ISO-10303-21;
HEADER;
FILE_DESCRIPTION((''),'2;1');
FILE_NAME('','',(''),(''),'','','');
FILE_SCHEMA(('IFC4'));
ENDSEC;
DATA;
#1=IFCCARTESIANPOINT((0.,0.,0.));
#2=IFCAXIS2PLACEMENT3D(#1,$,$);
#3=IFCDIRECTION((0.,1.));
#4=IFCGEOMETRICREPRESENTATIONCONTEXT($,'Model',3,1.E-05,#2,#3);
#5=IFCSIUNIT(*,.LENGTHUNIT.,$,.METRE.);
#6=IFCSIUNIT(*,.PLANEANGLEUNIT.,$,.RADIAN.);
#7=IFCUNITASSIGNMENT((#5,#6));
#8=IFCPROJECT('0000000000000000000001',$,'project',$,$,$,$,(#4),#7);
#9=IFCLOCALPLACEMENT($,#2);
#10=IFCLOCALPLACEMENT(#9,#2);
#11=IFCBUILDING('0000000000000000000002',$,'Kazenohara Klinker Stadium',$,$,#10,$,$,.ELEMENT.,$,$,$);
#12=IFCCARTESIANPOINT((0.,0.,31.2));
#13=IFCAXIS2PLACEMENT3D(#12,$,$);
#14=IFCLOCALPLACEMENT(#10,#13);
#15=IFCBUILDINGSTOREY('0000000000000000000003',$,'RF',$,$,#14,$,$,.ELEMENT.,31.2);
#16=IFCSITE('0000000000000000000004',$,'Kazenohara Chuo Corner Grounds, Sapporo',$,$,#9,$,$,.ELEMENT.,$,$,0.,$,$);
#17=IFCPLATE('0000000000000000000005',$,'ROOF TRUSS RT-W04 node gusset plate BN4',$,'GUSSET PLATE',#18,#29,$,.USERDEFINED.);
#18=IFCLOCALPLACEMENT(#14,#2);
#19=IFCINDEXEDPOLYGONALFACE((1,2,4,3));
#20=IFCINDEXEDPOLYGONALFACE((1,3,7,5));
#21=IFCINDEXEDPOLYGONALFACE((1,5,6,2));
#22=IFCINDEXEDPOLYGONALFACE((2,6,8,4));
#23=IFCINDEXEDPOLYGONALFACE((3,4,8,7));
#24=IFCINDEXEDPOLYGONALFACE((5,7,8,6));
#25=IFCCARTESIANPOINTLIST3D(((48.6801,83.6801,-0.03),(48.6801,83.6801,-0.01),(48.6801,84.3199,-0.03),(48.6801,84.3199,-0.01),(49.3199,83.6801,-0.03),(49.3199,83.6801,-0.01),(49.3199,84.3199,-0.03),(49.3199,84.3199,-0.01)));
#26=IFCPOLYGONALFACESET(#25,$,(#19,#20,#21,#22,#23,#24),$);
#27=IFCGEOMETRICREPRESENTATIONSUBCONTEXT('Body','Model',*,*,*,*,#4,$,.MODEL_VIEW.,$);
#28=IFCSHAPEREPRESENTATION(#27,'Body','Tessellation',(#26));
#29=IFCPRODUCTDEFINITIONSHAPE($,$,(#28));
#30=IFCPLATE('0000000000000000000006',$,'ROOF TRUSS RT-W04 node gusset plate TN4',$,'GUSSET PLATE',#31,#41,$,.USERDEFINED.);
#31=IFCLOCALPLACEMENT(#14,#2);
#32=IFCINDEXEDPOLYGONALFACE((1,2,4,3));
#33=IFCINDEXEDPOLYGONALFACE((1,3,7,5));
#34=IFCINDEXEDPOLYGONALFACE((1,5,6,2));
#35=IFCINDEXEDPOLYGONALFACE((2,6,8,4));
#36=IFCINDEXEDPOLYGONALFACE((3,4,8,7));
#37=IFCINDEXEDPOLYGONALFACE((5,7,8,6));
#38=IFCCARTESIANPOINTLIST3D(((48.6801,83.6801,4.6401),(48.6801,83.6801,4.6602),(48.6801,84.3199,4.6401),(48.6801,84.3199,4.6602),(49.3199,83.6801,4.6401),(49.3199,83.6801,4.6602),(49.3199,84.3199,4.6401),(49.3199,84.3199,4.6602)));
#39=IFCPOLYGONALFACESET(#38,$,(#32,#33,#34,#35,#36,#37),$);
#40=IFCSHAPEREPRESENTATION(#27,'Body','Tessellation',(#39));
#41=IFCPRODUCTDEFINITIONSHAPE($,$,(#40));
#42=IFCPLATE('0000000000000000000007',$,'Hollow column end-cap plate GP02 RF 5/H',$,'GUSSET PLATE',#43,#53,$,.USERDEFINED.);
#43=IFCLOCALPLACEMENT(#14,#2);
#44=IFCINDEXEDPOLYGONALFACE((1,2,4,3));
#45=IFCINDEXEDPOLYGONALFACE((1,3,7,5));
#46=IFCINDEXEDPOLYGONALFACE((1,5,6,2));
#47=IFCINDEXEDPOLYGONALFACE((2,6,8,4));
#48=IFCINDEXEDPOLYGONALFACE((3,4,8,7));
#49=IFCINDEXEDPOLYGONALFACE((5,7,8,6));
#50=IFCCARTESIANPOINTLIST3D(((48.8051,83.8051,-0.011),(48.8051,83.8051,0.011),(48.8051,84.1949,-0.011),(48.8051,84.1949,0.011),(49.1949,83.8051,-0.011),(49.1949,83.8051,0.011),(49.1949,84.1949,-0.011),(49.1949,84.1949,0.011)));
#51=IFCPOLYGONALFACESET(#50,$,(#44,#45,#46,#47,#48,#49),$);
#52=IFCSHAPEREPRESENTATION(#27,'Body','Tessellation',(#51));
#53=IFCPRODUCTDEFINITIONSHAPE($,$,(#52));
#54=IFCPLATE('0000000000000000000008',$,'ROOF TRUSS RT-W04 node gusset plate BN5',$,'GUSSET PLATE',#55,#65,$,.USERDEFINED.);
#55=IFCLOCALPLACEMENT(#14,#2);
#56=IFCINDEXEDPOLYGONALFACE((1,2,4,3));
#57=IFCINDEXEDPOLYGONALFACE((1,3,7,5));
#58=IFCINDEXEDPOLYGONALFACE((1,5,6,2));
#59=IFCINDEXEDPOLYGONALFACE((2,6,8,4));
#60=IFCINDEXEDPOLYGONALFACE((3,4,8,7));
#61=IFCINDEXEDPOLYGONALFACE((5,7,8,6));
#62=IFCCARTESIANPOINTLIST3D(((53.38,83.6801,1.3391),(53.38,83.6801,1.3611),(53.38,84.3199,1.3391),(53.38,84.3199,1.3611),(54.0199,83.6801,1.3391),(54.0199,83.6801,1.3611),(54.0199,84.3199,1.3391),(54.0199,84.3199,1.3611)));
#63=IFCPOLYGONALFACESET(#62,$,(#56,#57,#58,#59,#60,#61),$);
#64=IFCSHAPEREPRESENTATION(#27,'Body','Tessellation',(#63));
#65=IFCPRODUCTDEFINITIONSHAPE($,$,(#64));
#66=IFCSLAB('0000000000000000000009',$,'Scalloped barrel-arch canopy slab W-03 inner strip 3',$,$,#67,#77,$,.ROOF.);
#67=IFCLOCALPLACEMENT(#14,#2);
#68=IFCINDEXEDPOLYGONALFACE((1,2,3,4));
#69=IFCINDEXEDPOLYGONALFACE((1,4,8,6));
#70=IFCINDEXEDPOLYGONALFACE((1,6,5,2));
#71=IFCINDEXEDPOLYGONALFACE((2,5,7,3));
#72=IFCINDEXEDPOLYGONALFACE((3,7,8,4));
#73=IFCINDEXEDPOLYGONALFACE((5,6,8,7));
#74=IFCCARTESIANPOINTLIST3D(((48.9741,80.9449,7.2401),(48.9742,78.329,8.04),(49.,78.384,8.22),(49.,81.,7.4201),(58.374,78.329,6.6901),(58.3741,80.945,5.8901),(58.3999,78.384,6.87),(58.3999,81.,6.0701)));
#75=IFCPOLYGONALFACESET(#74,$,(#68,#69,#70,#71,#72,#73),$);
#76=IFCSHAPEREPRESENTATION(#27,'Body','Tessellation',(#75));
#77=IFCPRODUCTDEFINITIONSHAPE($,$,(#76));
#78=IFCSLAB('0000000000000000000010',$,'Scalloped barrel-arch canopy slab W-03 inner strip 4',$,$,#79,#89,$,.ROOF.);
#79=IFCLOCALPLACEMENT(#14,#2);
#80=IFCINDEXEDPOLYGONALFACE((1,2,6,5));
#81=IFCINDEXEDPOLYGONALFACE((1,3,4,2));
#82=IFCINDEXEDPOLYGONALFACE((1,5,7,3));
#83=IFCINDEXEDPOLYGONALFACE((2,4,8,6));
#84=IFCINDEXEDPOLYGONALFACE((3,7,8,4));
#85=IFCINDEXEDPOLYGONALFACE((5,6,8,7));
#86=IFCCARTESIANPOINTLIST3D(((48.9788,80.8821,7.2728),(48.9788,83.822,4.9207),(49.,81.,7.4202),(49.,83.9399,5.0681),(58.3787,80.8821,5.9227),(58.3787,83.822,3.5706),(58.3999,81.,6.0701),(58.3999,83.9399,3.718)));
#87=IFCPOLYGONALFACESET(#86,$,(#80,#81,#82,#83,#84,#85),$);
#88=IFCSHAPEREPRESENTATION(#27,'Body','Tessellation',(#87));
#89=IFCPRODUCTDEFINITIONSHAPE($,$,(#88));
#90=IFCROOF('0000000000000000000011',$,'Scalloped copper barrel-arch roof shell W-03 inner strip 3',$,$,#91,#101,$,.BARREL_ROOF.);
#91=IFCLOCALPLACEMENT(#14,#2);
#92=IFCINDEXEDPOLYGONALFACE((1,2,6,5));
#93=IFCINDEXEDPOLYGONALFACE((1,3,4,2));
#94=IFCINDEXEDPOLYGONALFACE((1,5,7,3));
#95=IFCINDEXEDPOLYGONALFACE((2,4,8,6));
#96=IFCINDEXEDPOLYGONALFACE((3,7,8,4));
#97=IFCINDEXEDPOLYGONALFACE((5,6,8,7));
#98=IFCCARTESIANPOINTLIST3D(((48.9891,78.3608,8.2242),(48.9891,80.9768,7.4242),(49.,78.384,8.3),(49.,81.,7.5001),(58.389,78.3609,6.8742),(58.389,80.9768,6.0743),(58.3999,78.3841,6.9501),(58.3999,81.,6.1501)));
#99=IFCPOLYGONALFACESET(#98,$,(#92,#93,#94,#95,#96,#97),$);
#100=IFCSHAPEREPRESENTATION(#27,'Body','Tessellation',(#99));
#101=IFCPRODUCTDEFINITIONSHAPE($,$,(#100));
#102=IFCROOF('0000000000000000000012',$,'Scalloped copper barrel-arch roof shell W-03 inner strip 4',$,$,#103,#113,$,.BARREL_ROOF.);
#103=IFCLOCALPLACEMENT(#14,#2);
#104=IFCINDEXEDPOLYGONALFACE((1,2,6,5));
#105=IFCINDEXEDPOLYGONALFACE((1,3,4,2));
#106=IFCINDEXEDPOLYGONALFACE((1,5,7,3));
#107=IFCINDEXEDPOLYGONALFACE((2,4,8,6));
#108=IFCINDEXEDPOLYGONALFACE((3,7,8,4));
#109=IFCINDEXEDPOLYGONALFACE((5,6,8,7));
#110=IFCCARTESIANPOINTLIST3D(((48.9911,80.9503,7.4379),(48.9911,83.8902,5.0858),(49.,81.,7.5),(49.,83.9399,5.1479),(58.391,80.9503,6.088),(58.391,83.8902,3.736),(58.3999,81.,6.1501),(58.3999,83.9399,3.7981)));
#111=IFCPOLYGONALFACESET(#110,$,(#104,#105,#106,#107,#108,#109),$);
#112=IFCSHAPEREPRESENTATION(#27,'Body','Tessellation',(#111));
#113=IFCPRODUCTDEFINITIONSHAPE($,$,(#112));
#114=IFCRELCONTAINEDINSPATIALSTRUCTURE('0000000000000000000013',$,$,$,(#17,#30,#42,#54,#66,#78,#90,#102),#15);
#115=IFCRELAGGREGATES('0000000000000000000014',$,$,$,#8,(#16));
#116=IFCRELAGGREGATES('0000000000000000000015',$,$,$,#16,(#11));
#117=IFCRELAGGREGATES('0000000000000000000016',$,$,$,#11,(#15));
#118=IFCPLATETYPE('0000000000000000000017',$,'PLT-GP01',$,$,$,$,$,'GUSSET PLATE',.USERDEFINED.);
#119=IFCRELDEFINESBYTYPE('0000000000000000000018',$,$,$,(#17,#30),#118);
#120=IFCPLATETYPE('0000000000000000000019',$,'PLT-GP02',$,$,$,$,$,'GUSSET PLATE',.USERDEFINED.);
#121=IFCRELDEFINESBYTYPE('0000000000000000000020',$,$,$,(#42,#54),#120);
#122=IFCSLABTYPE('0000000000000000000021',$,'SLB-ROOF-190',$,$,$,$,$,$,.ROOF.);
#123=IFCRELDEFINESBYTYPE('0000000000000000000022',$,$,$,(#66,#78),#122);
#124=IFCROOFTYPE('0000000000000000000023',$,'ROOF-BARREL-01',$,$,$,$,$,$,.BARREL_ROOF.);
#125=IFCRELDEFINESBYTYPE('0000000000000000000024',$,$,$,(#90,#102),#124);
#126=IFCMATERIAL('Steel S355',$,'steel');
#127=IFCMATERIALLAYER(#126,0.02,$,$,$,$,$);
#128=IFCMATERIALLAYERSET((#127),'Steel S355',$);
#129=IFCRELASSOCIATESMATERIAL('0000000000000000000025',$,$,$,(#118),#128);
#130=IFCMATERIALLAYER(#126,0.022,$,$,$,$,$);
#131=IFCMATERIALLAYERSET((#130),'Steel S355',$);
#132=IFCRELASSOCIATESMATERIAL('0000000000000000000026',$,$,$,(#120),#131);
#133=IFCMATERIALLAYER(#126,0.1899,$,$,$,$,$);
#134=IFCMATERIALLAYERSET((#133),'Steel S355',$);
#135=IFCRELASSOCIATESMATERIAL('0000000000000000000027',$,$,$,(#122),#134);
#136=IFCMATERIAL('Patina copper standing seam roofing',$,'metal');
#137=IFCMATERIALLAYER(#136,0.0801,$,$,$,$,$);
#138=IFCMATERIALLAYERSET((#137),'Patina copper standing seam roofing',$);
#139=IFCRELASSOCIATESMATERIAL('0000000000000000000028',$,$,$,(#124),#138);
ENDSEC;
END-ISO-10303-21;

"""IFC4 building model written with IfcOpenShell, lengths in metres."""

from ifc_helpers import new_model, si_unit, direction, frame, origin, origin_2d, place, context, subcontext, project, spatial, polyline, rectangle, outline, extrude, material, layer, layer_set, type_object, element, save


model = new_model("IFC4")

# Units and contexts
model_context = context("Model", 3, precision=1e-05, world=origin(), true_north=direction((0.0, 1.0)))
body_context = subcontext(model_context, "Body", "Model", "MODEL_VIEW")
ifc_project = project(units=[si_unit("LENGTHUNIT", "METRE"), si_unit("PLANEANGLEUNIT", "RADIAN")], contexts=[model_context])

# Site, building, storey
site_placement = place(None, origin())
site = spatial("IfcSite", under=ifc_project, at=site_placement, Name="Kazenohara Chuo Corner Grounds, Sapporo", CompositionType="ELEMENT", RefElevation=0.0)
building_placement = place(site_placement, origin())
building = spatial("IfcBuilding", under=site, at=building_placement, Name="Kazenohara Klinker Stadium", CompositionType="ELEMENT")
storey_placement = place(building_placement, frame((0.0, 0.0, 31.2)))
storey = spatial("IfcBuildingStorey", under=building, at=storey_placement, Name="RF", CompositionType="ELEMENT", Elevation=31.2)

# Shared definitions
ifc_material_1 = material(Name="Steel S355", Category="steel")

# Plates
ifc_layer_1 = layer(ifc_material_1, 0.02)
ifc_layer_set_1 = layer_set([ifc_layer_1], Name="Steel S355")
plate_type_1 = type_object("IfcPlateType", Name="PLT-GP01", ElementType="GUSSET PLATE", PredefinedType="USERDEFINED", material=ifc_layer_set_1)
for number, where, z_axis, x_axis, name in (
    (1, (49.0, 84.0, -0.03), (0.0, 0.0, 1.0), (1.0, 0.0, 0.0), "ROOF TRUSS RT-W04 node gusset plate BN4"),
    (2, (49.0, 84.0, 4.6401), (0.0, 0.0, 1.0), (1.0, 0.0, 0.0), "ROOF TRUSS RT-W04 node gusset plate TN4"),
):
    element("IfcPlate", number, at=place(storey_placement, frame(where, z_axis=z_axis, x_axis=x_axis)), inside=storey, type_object=plate_type_1, Name=name, ObjectType="GUSSET PLATE", PredefinedType="USERDEFINED", context=body_context, shape_type="SweptSolid", body=[
        extrude(rectangle(XDim=0.6399, YDim=0.6399, at=origin_2d()), origin(), (0.0, 0.0, 1.0), 0.02),
    ])
ifc_layer_2 = layer(ifc_material_1, 0.022)
ifc_layer_set_2 = layer_set([ifc_layer_2], Name="Steel S355")
plate_type_2 = type_object("IfcPlateType", Name="PLT-GP02", ElementType="GUSSET PLATE", PredefinedType="USERDEFINED", material=ifc_layer_set_2)
plate_1_placement = place(storey_placement, frame((49.0, 84.0, -0.011), z_axis=(0.0, 0.0, 1.0), x_axis=(1.0, 0.0, 0.0)))
element("IfcPlate", 3, at=plate_1_placement, inside=storey, type_object=plate_type_2, Name="Hollow column end-cap plate GP02 RF 5/H", ObjectType="GUSSET PLATE", PredefinedType="USERDEFINED", context=body_context, shape_type="SweptSolid", body=[
    extrude(rectangle(XDim=0.3899, YDim=0.3899, at=origin_2d()), origin(), (0.0, 0.0, 1.0), 0.022),
])
plate_2_placement = place(storey_placement, frame((53.7, 84.0, 1.3391), z_axis=(0.0, 0.0, 1.0), x_axis=(1.0, 0.0, 0.0)))
element("IfcPlate", 4, at=plate_2_placement, inside=storey, type_object=plate_type_2, Name="ROOF TRUSS RT-W04 node gusset plate BN5", ObjectType="GUSSET PLATE", PredefinedType="USERDEFINED", context=body_context, shape_type="SweptSolid", body=[
    extrude(rectangle(XDim=0.6399, YDim=0.6399, at=origin_2d()), origin(), (0.0, 0.0, 1.0), 0.022),
])

# Slabs
ifc_layer_3 = layer(ifc_material_1, 0.1899)
ifc_layer_set_3 = layer_set([ifc_layer_3], Name="Steel S355")
slab_type = type_object("IfcSlabType", Name="SLB-ROOF-190", PredefinedType="ROOF", material=ifc_layer_set_3)
slab_1_placement = place(storey_placement, frame((49.0, 78.384, 8.22), z_axis=(0.136061, 0.289701, 0.947397), x_axis=(0.989844, -0.000004, -0.142156)))
element("IfcSlab", 5, at=slab_1_placement, inside=storey, type_object=slab_type, Name="Scalloped barrel-arch canopy slab W-03 inner strip 3", PredefinedType="ROOF", context=body_context, shape_type="SweptSolid", body=[
    extrude(outline(polyline([(0.0, 0.0), (9.4963, 0.0), (9.6101, 2.7332), (0.1137, 2.7331), (0.0, 0.0)])), origin(), (0.0, 0.0, -1.0), 0.1899),
])
slab_2_placement = place(storey_placement, frame((49.0, 81.0, 7.4202), z_axis=(0.111455, 0.620819, 0.775991), x_axis=(0.989842, 0.0, -0.14217)))
element("IfcSlab", 6, at=slab_2_placement, inside=storey, type_object=slab_type, Name="Scalloped barrel-arch canopy slab W-03 inner strip 4", PredefinedType="ROOF", context=body_context, shape_type="SweptSolid", body=[
    extrude(outline(polyline([(0.0, 0.0), (9.4964, 0.0), (9.8308, 3.7501), (0.3344, 3.7501), (0.0, 0.0)])), origin(), (0.0, 0.0, -1.0), 0.1899),
])

# Roofs
ifc_material_2 = material(Name="Patina copper standing seam roofing", Category="metal")
ifc_layer_4 = layer(ifc_material_2, 0.0801)
ifc_layer_set_4 = layer_set([ifc_layer_4], Name="Patina copper standing seam roofing")
roof_type = type_object("IfcRoofType", Name="ROOF-BARREL-01", PredefinedType="BARREL_ROOF", material=ifc_layer_set_4)
roof_1_placement = place(storey_placement, frame((49.0, 78.384, 8.3), z_axis=(0.136061, 0.289701, 0.947397), x_axis=(0.989844, 0.000004, -0.142158)))
element("IfcRoof", 7, at=roof_1_placement, inside=storey, type_object=roof_type, Name="Scalloped copper barrel-arch roof shell W-03 inner strip 3", PredefinedType="BARREL_ROOF", context=body_context, shape_type="SweptSolid", body=[
    extrude(outline(polyline([(0.0, 0.0), (9.4964, 0.0), (9.6101, 2.7331), (0.1137, 2.7332), (0.0, 0.0)])), origin(), (0.0, 0.0, -1.0), 0.0801),
])
roof_2_placement = place(storey_placement, frame((49.0, 81.0, 7.5), z_axis=(0.111435, 0.62082, 0.775993), x_axis=(0.989846, 0.0, -0.142145)))
element("IfcRoof", 8, at=roof_2_placement, inside=storey, type_object=roof_type, Name="Scalloped copper barrel-arch roof shell W-03 inner strip 4", PredefinedType="BARREL_ROOF", context=body_context, shape_type="SweptSolid", body=[
    extrude(outline(polyline([(0.0, 0.0), (9.4963, 0.0), (9.8307, 3.7501), (0.3343, 3.7501), (0.0, 0.0)])), origin(), (0.0, 0.0, -1.0), 0.0801),
])

save(model, "model.ifc")
